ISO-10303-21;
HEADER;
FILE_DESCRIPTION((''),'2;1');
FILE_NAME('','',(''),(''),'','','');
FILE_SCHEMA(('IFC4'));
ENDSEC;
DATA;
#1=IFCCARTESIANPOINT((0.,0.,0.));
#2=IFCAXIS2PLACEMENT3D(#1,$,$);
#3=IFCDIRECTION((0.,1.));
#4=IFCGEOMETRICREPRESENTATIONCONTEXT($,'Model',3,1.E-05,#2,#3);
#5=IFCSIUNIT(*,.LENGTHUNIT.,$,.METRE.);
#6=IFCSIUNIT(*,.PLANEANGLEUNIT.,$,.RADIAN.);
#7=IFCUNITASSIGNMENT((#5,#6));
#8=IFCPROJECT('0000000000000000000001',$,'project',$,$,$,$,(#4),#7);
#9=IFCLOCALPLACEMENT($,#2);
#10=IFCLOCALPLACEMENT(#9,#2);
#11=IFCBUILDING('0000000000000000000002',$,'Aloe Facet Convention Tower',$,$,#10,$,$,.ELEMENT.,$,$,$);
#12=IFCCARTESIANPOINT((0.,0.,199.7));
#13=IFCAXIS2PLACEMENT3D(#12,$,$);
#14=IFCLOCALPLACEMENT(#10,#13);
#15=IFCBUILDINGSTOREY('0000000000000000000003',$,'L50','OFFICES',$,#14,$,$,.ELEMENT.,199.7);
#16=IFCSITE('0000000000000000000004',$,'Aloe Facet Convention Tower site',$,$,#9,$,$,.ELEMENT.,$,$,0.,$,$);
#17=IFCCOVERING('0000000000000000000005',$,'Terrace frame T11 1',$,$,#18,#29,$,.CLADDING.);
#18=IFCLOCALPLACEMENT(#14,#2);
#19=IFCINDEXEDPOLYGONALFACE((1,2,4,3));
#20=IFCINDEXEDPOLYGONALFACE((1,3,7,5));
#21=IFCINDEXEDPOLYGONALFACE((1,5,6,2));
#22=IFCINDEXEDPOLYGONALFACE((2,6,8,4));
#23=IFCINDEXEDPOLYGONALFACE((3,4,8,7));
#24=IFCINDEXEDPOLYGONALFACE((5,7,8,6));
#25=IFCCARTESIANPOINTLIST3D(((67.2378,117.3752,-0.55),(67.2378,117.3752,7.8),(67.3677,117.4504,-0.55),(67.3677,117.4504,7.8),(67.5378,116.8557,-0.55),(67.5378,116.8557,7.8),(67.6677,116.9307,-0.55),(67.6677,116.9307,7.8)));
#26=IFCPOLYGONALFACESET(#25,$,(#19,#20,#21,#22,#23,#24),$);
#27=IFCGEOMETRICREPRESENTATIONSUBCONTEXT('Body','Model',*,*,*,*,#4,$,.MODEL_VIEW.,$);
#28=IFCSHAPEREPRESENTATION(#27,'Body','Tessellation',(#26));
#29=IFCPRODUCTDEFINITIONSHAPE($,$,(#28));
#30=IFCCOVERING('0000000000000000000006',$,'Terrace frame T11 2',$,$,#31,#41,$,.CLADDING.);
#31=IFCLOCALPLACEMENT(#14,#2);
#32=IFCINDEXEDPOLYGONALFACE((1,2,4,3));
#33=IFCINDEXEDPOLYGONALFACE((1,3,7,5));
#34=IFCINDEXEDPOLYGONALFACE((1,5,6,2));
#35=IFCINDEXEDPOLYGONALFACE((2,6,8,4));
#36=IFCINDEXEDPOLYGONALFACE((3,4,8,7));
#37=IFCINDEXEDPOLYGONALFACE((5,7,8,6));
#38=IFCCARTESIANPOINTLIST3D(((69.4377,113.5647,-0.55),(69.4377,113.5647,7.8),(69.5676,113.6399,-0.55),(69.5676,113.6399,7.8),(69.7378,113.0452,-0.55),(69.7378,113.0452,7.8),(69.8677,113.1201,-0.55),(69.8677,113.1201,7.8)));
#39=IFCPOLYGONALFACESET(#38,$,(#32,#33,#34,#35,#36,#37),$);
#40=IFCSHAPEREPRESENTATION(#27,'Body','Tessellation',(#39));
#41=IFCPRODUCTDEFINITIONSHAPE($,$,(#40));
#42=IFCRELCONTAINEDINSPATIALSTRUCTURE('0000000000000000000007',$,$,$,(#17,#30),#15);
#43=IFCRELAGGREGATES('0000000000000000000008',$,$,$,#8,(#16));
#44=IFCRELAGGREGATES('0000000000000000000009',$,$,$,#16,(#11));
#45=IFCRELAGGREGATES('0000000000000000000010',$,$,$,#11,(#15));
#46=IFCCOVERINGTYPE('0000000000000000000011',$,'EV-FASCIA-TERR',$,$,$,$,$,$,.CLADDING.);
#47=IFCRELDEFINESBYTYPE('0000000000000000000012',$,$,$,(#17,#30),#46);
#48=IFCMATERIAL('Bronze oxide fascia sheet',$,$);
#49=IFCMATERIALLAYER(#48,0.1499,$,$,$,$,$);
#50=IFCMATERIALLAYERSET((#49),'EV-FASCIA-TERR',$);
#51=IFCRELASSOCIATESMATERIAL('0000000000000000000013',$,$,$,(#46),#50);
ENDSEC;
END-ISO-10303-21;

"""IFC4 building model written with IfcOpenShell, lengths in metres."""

from ifc_helpers import new_model, si_unit, direction, frame, origin, place, context, subcontext, project, spatial, polyline, outline, extrude, material, layer, layer_set, type_object, element, save


model = new_model("IFC4")

# Units and contexts
model_context = context("Model", 3, precision=1e-05, world=origin(), true_north=direction((0.0, 1.0)))
body_context = subcontext(model_context, "Body", "Model", "MODEL_VIEW")
ifc_project = project(units=[si_unit("LENGTHUNIT", "METRE"), si_unit("PLANEANGLEUNIT", "RADIAN")], contexts=[model_context])

# Site, building, storey
site_placement = place(None, origin())
site = spatial("IfcSite", under=ifc_project, at=site_placement, Name="Aloe Facet Convention Tower site", CompositionType="ELEMENT", RefElevation=0.0)
building_placement = place(site_placement, origin())
building = spatial("IfcBuilding", under=site, at=building_placement, Name="Aloe Facet Convention Tower", CompositionType="ELEMENT")
storey_placement = place(building_placement, frame((0.0, 0.0, 199.7)))
storey = spatial("IfcBuildingStorey", under=building, at=storey_placement, Name="L50", Description="OFFICES", CompositionType="ELEMENT", Elevation=199.7)

# Coverings
ifc_material_1 = material(Name="Bronze oxide fascia sheet")
ifc_layer_1 = layer(ifc_material_1, 0.1499)
ifc_layer_set_1 = layer_set([ifc_layer_1], Name="EV-FASCIA-TERR")
covering_type = type_object("IfcCoveringType", Name="EV-FASCIA-TERR", PredefinedType="CLADDING", material=ifc_layer_set_1)
covering_1_placement = place(storey_placement, frame((0.0, 0.0, -0.55)))
element("IfcCovering", 1, at=covering_1_placement, inside=storey, type_object=covering_type, Name="Terrace frame T11 1", PredefinedType="CLADDING", context=body_context, shape_type="SweptSolid", body=[
    extrude(outline(polyline([(67.2378, 117.3752), (67.5378, 116.8557), (67.6677, 116.9307), (67.3677, 117.4504), (67.2378, 117.3752)])), origin(), (0.0, 0.0, 1.0), 8.3501),
])
covering_2_placement = place(storey_placement, frame((0.0, 0.0, -0.55)))
element("IfcCovering", 2, at=covering_2_placement, inside=storey, type_object=covering_type, Name="Terrace frame T11 2", PredefinedType="CLADDING", context=body_context, shape_type="SweptSolid", body=[
    extrude(outline(polyline([(69.4377, 113.5647), (69.7378, 113.0452), (69.8677, 113.1201), (69.5676, 113.6399), (69.4377, 113.5647)])), origin(), (0.0, 0.0, 1.0), 8.3501),
])

save(model, "model.ifc")
